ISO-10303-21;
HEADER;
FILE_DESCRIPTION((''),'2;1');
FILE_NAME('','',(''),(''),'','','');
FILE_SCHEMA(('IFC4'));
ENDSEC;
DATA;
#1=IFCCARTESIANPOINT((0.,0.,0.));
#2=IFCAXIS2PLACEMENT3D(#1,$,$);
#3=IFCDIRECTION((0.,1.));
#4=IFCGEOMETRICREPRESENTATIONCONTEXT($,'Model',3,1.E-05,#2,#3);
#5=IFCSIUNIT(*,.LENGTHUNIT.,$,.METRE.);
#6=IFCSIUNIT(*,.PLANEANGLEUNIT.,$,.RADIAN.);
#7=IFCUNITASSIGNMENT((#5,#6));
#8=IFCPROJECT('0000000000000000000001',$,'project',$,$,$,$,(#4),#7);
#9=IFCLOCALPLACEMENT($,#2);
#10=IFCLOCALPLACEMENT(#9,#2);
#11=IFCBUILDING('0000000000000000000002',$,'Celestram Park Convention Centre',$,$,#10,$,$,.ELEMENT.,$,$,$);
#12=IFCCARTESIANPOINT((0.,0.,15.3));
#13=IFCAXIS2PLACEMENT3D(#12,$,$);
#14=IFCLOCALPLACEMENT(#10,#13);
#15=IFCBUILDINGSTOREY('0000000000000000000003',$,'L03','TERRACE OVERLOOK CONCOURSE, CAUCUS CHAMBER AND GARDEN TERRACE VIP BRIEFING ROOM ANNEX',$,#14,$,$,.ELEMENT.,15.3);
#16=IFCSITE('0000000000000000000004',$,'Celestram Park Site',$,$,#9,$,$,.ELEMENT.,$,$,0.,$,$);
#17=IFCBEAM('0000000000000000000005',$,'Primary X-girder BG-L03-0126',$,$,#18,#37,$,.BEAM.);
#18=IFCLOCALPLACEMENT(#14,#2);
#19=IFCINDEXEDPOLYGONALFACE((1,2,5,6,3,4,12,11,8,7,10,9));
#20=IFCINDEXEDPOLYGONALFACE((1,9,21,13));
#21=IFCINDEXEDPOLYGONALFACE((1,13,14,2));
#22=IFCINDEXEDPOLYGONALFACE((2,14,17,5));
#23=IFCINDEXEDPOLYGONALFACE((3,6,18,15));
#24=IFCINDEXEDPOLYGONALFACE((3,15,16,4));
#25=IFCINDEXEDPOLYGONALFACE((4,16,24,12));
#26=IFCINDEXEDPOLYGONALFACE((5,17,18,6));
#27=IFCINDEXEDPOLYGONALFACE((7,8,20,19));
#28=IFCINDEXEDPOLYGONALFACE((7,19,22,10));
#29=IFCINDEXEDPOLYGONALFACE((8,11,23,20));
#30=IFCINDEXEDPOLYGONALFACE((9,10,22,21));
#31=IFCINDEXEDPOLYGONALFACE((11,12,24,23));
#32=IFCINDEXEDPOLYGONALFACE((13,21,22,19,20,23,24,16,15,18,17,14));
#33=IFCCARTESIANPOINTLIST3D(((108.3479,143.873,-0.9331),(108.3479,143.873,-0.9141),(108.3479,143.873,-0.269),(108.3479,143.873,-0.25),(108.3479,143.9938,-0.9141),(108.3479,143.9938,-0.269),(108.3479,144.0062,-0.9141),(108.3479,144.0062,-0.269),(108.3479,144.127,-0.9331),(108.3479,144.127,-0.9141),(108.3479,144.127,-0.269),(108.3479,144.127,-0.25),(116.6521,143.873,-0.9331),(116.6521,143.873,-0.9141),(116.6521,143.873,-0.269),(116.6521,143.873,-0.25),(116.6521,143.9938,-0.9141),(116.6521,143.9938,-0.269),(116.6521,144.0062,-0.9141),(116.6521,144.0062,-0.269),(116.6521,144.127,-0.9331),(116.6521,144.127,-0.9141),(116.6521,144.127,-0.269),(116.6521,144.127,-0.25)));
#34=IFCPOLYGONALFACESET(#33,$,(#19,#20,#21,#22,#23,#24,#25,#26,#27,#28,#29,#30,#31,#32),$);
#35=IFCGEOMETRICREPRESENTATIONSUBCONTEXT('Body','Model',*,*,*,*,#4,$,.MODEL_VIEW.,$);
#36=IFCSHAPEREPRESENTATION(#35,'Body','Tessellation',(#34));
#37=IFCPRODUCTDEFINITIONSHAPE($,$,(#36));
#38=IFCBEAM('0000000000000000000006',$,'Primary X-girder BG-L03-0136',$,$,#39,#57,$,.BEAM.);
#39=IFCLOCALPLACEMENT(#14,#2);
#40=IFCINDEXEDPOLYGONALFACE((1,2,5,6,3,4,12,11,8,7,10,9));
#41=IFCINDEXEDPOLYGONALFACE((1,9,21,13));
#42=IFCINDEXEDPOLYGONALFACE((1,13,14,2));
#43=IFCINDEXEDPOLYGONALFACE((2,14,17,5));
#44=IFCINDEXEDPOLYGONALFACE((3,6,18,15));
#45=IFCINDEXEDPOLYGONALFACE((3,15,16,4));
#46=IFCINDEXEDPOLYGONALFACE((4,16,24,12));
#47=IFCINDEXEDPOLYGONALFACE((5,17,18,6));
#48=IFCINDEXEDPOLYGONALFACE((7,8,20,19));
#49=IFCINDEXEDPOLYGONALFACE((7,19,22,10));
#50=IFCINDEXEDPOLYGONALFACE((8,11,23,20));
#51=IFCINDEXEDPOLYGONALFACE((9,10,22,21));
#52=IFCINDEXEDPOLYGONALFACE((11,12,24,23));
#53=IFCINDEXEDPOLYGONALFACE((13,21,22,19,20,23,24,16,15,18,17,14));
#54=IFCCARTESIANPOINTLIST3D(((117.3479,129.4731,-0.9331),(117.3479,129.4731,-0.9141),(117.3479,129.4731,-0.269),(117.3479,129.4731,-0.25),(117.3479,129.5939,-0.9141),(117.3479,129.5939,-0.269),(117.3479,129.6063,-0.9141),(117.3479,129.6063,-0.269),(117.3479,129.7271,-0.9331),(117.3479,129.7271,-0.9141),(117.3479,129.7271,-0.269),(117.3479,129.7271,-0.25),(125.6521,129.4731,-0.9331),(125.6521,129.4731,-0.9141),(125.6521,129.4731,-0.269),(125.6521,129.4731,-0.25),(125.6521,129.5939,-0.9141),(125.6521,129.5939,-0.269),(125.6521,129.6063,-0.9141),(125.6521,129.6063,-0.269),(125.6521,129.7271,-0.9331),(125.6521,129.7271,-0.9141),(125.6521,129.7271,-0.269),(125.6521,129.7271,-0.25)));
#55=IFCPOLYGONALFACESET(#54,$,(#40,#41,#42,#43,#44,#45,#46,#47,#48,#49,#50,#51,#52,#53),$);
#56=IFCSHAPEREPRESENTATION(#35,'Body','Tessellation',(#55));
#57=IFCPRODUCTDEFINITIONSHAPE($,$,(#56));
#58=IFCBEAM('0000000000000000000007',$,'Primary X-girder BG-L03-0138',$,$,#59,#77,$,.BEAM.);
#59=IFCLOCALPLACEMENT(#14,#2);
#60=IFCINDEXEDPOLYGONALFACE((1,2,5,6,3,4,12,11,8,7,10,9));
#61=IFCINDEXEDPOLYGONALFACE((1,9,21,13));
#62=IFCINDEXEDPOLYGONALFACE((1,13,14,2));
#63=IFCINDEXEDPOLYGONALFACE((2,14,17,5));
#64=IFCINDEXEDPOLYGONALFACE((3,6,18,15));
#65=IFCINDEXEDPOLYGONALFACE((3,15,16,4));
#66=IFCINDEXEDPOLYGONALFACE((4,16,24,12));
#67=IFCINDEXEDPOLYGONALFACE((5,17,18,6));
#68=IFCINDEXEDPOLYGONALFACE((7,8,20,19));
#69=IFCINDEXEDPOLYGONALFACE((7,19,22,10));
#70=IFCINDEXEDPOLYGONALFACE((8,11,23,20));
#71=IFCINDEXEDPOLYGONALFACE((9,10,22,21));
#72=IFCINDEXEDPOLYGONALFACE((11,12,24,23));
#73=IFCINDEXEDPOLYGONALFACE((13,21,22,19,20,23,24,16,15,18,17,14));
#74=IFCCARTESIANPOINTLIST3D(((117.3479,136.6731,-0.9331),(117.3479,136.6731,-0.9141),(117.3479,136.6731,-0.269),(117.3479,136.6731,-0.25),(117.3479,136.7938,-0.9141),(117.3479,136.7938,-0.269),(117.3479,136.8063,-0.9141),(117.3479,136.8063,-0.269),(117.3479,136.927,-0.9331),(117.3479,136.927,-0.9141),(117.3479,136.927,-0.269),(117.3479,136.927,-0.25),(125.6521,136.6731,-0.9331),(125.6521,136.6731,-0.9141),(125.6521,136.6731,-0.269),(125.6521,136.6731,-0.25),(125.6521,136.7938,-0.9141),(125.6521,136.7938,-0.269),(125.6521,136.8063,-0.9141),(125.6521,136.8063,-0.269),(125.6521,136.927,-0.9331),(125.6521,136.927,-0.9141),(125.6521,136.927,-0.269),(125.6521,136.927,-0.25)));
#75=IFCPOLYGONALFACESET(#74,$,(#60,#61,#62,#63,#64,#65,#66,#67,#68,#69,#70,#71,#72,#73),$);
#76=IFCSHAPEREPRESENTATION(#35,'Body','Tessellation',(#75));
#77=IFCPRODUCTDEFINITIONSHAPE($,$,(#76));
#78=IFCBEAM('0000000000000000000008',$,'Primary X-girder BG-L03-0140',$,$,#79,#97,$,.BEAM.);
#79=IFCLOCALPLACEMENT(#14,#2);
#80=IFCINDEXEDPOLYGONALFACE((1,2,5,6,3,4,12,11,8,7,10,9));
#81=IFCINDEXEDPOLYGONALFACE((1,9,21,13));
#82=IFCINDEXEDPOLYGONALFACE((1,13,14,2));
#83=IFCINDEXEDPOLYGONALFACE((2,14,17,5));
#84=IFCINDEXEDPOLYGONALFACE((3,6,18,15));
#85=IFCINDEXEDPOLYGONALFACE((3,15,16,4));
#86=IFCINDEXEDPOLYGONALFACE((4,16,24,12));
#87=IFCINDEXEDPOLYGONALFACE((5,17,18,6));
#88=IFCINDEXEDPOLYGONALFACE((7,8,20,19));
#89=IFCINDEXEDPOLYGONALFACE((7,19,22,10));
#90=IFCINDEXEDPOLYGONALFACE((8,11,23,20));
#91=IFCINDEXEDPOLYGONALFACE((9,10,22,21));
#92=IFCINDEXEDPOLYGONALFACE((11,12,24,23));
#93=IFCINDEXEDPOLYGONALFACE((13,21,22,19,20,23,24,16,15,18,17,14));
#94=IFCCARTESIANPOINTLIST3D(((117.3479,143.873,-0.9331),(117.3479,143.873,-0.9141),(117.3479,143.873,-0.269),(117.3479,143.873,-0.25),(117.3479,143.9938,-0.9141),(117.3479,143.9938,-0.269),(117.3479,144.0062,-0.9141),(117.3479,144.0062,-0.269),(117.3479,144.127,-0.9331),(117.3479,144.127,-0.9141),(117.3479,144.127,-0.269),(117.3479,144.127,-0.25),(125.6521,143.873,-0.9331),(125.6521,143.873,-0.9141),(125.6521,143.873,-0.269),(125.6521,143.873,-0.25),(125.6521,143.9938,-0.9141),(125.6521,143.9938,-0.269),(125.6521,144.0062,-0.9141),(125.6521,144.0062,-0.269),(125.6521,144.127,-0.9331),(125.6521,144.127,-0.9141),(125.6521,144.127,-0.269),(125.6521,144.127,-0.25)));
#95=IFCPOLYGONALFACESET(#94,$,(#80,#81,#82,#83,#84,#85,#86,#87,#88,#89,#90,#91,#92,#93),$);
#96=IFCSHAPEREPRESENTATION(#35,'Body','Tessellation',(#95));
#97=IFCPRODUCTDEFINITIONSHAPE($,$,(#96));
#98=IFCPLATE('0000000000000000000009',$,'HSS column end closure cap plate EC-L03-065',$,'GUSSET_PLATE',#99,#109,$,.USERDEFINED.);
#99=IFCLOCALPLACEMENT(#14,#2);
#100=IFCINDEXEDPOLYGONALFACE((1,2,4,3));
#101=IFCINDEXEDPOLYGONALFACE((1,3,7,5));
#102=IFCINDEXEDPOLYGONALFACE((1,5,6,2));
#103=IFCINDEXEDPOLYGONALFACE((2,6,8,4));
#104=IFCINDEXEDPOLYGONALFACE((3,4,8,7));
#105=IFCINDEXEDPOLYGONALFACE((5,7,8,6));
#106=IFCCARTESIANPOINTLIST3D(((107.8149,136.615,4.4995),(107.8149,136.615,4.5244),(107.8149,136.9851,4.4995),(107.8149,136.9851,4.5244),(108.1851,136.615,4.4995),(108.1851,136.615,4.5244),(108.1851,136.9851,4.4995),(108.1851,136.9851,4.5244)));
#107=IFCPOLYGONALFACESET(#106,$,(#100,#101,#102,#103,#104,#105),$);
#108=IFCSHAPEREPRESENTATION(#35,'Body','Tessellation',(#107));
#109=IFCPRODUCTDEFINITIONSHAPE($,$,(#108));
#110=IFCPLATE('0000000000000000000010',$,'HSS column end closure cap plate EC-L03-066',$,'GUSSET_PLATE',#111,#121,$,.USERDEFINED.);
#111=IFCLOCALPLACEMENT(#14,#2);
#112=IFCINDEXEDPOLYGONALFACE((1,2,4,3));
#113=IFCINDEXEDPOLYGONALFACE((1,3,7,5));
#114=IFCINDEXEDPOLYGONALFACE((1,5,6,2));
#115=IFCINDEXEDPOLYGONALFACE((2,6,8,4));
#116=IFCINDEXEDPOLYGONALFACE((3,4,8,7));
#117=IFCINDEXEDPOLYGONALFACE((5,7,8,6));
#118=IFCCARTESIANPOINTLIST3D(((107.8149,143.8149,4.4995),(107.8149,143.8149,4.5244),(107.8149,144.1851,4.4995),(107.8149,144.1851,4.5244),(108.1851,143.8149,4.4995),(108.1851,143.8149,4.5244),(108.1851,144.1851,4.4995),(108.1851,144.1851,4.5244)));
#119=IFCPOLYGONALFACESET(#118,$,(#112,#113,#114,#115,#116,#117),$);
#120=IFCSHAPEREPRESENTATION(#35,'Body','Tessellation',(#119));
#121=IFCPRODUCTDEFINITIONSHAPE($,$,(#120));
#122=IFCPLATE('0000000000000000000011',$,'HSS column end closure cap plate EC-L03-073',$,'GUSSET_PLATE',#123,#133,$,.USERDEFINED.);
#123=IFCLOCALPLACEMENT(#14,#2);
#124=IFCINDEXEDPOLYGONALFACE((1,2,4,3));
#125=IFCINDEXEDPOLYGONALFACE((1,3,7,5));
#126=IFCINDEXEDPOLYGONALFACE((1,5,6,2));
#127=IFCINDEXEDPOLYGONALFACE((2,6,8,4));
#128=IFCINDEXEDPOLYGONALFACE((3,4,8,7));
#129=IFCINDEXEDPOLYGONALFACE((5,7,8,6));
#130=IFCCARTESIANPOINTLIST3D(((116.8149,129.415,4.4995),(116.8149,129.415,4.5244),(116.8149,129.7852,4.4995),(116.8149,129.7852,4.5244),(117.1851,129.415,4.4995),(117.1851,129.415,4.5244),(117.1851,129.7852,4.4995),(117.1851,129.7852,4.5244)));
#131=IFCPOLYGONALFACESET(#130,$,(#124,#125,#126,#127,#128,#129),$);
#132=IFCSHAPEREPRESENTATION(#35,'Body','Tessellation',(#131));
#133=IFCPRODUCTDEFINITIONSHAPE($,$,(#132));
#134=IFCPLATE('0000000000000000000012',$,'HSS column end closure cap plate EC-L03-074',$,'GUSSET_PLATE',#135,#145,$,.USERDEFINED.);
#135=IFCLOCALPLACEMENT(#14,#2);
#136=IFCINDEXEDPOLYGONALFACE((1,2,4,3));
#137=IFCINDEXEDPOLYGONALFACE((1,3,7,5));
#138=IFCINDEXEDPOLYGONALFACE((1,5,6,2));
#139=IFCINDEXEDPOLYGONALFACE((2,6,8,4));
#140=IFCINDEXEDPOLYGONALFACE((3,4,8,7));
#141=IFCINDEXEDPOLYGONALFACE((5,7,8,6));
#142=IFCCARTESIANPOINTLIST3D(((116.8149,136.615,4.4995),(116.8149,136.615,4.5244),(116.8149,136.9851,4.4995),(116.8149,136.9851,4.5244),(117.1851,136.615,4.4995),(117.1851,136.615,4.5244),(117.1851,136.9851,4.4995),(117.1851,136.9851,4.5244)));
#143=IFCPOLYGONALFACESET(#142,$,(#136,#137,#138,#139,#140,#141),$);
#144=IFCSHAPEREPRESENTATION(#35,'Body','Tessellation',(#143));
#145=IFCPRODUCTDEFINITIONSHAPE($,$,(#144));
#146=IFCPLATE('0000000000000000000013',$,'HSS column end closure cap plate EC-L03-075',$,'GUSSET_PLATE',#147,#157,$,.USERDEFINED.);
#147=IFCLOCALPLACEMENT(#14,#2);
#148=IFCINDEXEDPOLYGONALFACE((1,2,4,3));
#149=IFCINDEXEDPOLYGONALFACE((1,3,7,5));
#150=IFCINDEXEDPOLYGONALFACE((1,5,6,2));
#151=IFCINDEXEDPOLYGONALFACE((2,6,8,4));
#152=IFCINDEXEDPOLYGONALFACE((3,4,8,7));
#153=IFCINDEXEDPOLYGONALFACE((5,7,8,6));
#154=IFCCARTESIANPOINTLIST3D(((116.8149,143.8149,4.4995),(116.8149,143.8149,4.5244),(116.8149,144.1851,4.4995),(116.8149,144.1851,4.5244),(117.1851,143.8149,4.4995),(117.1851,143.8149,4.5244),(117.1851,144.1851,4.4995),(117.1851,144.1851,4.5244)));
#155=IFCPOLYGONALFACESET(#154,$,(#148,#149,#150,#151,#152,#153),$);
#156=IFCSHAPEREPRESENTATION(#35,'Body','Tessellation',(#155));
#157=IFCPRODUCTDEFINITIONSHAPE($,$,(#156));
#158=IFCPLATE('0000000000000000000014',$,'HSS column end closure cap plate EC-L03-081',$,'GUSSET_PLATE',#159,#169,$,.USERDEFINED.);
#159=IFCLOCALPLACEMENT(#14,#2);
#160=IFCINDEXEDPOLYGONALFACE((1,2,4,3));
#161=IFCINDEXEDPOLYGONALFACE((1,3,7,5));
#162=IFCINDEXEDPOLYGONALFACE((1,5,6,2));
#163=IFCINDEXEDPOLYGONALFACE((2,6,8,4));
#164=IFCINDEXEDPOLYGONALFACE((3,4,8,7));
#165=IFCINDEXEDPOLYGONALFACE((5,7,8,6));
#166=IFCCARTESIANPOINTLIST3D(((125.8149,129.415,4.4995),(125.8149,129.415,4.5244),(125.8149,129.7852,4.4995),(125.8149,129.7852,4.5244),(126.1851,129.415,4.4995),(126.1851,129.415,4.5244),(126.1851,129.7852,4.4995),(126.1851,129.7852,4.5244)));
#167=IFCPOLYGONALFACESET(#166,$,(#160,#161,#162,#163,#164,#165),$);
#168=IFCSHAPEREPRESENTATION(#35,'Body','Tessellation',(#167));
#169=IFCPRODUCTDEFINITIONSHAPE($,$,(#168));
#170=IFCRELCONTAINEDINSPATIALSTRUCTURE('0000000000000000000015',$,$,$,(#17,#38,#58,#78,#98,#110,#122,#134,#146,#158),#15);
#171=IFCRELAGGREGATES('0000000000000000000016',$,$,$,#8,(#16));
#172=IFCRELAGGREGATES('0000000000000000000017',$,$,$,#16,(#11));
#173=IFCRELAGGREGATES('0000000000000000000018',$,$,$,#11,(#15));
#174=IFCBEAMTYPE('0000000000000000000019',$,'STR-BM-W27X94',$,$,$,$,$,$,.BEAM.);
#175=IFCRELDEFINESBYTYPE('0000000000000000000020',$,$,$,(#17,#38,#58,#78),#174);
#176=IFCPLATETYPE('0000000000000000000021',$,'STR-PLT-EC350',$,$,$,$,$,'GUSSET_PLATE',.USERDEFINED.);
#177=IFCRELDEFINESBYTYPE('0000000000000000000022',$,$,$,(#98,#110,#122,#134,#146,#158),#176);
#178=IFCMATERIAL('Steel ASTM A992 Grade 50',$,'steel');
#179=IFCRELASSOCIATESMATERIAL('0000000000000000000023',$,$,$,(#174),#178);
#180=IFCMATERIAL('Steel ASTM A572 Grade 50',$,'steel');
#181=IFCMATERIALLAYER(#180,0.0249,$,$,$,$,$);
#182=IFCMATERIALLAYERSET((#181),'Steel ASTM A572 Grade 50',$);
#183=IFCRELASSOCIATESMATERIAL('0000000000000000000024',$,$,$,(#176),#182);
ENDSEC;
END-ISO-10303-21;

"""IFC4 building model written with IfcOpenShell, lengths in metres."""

from ifc_helpers import new_model, si_unit, direction, frame, origin, origin_2d, place, context, subcontext, project, spatial, rectangle, i_section, extrude, material, layer, layer_set, material_profile, profile_set, type_object, element, save


model = new_model("IFC4")

# Units and contexts
model_context = context("Model", 3, precision=1e-05, world=origin(), true_north=direction((0.0, 1.0)))
body_context = subcontext(model_context, "Body", "Model", "MODEL_VIEW")
ifc_project = project(units=[si_unit("LENGTHUNIT", "METRE"), si_unit("PLANEANGLEUNIT", "RADIAN")], contexts=[model_context])

# Site, building, storey
site_placement = place(None, origin())
site = spatial("IfcSite", under=ifc_project, at=site_placement, Name="Celestram Park Site", CompositionType="ELEMENT", RefElevation=0.0)
building_placement = place(site_placement, origin())
building = spatial("IfcBuilding", under=site, at=building_placement, Name="Celestram Park Convention Centre", CompositionType="ELEMENT")
storey_placement = place(building_placement, frame((0.0, 0.0, 15.3)))
storey = spatial("IfcBuildingStorey", under=building, at=storey_placement, Name="L03", Description="TERRACE OVERLOOK CONCOURSE, CAUCUS CHAMBER AND GARDEN TERRACE VIP BRIEFING ROOM ANNEX", CompositionType="ELEMENT", Elevation=15.3)

# Beams
ifc_material_1 = material(Name="Steel ASTM A992 Grade 50", Category="steel")
ifc_material_profile_1 = material_profile(ifc_material_1, i_section(OverallWidth=0.2539, OverallDepth=0.6831, WebThickness=0.0125, FlangeThickness=0.019, at=origin_2d()), Name="W27X94")
ifc_profile_set_1 = profile_set([ifc_material_profile_1], Name="Steel ASTM A992 Grade 50")
beam_type_1 = type_object("IfcBeamType", Name="STR-BM-W27X94", PredefinedType="BEAM", material=ifc_profile_set_1)
for number, where, z_axis, x_axis, name in (
    (1, (108.3479, 144.0, -0.5916), (1.0, 0.0, 0.0), (0.0, 1.0, 0.0), "Primary X-girder BG-L03-0126"),
    (2, (117.3479, 129.6001, -0.5916), (1.0, 0.0, 0.0), (0.0, 1.0, 0.0), "Primary X-girder BG-L03-0136"),
    (3, (117.3479, 136.8, -0.5916), (1.0, 0.0, 0.0), (0.0, 1.0, 0.0), "Primary X-girder BG-L03-0138"),
    (4, (117.3479, 144.0, -0.5916), (1.0, 0.0, 0.0), (0.0, 1.0, 0.0), "Primary X-girder BG-L03-0140"),
):
    element("IfcBeam", number, at=place(storey_placement, frame(where, z_axis=z_axis, x_axis=x_axis)), inside=storey, type_object=beam_type_1, Name=name, PredefinedType="BEAM", context=body_context, shape_type="SweptSolid", body=[
        extrude(i_section(OverallWidth=0.2539, OverallDepth=0.6831, WebThickness=0.0125, FlangeThickness=0.019, at=origin_2d()), origin(), (0.0, 0.0, 1.0), 8.3042),
    ])

# Plates
ifc_material_2 = material(Name="Steel ASTM A572 Grade 50", Category="steel")
ifc_layer = layer(ifc_material_2, 0.0249)
ifc_layer_set = layer_set([ifc_layer], Name="Steel ASTM A572 Grade 50")
plate_type = type_object("IfcPlateType", Name="STR-PLT-EC350", ElementType="GUSSET_PLATE", PredefinedType="USERDEFINED", material=ifc_layer_set)
for number, where, z_axis, x_axis, name in (
    (5, (108.0, 136.8, 4.4995), (0.0, 0.0, 1.0), (1.0, 0.0, 0.0), "HSS column end closure cap plate EC-L03-065"),
    (6, (108.0, 144.0, 4.4995), (0.0, 0.0, 1.0), (1.0, 0.0, 0.0), "HSS column end closure cap plate EC-L03-066"),
    (7, (117.0, 129.6001, 4.4995), (0.0, 0.0, 1.0), (1.0, 0.0, 0.0), "HSS column end closure cap plate EC-L03-073"),
    (8, (117.0, 136.8, 4.4995), (0.0, 0.0, 1.0), (1.0, 0.0, 0.0), "HSS column end closure cap plate EC-L03-074"),
    (9, (117.0, 144.0, 4.4995), (0.0, 0.0, 1.0), (1.0, 0.0, 0.0), "HSS column end closure cap plate EC-L03-075"),
    (10, (126.0, 129.6001, 4.4995), (0.0, 0.0, 1.0), (1.0, 0.0, 0.0), "HSS column end closure cap plate EC-L03-081"),
):
    element("IfcPlate", number, at=place(storey_placement, frame(where, z_axis=z_axis, x_axis=x_axis)), inside=storey, type_object=plate_type, Name=name, ObjectType="GUSSET_PLATE", PredefinedType="USERDEFINED", context=body_context, shape_type="SweptSolid", body=[
        extrude(rectangle(XDim=0.3701, YDim=0.3701, at=origin_2d()), origin(), (0.0, 0.0, 1.0), 0.0249),
    ])

save(model, "model.ifc")
